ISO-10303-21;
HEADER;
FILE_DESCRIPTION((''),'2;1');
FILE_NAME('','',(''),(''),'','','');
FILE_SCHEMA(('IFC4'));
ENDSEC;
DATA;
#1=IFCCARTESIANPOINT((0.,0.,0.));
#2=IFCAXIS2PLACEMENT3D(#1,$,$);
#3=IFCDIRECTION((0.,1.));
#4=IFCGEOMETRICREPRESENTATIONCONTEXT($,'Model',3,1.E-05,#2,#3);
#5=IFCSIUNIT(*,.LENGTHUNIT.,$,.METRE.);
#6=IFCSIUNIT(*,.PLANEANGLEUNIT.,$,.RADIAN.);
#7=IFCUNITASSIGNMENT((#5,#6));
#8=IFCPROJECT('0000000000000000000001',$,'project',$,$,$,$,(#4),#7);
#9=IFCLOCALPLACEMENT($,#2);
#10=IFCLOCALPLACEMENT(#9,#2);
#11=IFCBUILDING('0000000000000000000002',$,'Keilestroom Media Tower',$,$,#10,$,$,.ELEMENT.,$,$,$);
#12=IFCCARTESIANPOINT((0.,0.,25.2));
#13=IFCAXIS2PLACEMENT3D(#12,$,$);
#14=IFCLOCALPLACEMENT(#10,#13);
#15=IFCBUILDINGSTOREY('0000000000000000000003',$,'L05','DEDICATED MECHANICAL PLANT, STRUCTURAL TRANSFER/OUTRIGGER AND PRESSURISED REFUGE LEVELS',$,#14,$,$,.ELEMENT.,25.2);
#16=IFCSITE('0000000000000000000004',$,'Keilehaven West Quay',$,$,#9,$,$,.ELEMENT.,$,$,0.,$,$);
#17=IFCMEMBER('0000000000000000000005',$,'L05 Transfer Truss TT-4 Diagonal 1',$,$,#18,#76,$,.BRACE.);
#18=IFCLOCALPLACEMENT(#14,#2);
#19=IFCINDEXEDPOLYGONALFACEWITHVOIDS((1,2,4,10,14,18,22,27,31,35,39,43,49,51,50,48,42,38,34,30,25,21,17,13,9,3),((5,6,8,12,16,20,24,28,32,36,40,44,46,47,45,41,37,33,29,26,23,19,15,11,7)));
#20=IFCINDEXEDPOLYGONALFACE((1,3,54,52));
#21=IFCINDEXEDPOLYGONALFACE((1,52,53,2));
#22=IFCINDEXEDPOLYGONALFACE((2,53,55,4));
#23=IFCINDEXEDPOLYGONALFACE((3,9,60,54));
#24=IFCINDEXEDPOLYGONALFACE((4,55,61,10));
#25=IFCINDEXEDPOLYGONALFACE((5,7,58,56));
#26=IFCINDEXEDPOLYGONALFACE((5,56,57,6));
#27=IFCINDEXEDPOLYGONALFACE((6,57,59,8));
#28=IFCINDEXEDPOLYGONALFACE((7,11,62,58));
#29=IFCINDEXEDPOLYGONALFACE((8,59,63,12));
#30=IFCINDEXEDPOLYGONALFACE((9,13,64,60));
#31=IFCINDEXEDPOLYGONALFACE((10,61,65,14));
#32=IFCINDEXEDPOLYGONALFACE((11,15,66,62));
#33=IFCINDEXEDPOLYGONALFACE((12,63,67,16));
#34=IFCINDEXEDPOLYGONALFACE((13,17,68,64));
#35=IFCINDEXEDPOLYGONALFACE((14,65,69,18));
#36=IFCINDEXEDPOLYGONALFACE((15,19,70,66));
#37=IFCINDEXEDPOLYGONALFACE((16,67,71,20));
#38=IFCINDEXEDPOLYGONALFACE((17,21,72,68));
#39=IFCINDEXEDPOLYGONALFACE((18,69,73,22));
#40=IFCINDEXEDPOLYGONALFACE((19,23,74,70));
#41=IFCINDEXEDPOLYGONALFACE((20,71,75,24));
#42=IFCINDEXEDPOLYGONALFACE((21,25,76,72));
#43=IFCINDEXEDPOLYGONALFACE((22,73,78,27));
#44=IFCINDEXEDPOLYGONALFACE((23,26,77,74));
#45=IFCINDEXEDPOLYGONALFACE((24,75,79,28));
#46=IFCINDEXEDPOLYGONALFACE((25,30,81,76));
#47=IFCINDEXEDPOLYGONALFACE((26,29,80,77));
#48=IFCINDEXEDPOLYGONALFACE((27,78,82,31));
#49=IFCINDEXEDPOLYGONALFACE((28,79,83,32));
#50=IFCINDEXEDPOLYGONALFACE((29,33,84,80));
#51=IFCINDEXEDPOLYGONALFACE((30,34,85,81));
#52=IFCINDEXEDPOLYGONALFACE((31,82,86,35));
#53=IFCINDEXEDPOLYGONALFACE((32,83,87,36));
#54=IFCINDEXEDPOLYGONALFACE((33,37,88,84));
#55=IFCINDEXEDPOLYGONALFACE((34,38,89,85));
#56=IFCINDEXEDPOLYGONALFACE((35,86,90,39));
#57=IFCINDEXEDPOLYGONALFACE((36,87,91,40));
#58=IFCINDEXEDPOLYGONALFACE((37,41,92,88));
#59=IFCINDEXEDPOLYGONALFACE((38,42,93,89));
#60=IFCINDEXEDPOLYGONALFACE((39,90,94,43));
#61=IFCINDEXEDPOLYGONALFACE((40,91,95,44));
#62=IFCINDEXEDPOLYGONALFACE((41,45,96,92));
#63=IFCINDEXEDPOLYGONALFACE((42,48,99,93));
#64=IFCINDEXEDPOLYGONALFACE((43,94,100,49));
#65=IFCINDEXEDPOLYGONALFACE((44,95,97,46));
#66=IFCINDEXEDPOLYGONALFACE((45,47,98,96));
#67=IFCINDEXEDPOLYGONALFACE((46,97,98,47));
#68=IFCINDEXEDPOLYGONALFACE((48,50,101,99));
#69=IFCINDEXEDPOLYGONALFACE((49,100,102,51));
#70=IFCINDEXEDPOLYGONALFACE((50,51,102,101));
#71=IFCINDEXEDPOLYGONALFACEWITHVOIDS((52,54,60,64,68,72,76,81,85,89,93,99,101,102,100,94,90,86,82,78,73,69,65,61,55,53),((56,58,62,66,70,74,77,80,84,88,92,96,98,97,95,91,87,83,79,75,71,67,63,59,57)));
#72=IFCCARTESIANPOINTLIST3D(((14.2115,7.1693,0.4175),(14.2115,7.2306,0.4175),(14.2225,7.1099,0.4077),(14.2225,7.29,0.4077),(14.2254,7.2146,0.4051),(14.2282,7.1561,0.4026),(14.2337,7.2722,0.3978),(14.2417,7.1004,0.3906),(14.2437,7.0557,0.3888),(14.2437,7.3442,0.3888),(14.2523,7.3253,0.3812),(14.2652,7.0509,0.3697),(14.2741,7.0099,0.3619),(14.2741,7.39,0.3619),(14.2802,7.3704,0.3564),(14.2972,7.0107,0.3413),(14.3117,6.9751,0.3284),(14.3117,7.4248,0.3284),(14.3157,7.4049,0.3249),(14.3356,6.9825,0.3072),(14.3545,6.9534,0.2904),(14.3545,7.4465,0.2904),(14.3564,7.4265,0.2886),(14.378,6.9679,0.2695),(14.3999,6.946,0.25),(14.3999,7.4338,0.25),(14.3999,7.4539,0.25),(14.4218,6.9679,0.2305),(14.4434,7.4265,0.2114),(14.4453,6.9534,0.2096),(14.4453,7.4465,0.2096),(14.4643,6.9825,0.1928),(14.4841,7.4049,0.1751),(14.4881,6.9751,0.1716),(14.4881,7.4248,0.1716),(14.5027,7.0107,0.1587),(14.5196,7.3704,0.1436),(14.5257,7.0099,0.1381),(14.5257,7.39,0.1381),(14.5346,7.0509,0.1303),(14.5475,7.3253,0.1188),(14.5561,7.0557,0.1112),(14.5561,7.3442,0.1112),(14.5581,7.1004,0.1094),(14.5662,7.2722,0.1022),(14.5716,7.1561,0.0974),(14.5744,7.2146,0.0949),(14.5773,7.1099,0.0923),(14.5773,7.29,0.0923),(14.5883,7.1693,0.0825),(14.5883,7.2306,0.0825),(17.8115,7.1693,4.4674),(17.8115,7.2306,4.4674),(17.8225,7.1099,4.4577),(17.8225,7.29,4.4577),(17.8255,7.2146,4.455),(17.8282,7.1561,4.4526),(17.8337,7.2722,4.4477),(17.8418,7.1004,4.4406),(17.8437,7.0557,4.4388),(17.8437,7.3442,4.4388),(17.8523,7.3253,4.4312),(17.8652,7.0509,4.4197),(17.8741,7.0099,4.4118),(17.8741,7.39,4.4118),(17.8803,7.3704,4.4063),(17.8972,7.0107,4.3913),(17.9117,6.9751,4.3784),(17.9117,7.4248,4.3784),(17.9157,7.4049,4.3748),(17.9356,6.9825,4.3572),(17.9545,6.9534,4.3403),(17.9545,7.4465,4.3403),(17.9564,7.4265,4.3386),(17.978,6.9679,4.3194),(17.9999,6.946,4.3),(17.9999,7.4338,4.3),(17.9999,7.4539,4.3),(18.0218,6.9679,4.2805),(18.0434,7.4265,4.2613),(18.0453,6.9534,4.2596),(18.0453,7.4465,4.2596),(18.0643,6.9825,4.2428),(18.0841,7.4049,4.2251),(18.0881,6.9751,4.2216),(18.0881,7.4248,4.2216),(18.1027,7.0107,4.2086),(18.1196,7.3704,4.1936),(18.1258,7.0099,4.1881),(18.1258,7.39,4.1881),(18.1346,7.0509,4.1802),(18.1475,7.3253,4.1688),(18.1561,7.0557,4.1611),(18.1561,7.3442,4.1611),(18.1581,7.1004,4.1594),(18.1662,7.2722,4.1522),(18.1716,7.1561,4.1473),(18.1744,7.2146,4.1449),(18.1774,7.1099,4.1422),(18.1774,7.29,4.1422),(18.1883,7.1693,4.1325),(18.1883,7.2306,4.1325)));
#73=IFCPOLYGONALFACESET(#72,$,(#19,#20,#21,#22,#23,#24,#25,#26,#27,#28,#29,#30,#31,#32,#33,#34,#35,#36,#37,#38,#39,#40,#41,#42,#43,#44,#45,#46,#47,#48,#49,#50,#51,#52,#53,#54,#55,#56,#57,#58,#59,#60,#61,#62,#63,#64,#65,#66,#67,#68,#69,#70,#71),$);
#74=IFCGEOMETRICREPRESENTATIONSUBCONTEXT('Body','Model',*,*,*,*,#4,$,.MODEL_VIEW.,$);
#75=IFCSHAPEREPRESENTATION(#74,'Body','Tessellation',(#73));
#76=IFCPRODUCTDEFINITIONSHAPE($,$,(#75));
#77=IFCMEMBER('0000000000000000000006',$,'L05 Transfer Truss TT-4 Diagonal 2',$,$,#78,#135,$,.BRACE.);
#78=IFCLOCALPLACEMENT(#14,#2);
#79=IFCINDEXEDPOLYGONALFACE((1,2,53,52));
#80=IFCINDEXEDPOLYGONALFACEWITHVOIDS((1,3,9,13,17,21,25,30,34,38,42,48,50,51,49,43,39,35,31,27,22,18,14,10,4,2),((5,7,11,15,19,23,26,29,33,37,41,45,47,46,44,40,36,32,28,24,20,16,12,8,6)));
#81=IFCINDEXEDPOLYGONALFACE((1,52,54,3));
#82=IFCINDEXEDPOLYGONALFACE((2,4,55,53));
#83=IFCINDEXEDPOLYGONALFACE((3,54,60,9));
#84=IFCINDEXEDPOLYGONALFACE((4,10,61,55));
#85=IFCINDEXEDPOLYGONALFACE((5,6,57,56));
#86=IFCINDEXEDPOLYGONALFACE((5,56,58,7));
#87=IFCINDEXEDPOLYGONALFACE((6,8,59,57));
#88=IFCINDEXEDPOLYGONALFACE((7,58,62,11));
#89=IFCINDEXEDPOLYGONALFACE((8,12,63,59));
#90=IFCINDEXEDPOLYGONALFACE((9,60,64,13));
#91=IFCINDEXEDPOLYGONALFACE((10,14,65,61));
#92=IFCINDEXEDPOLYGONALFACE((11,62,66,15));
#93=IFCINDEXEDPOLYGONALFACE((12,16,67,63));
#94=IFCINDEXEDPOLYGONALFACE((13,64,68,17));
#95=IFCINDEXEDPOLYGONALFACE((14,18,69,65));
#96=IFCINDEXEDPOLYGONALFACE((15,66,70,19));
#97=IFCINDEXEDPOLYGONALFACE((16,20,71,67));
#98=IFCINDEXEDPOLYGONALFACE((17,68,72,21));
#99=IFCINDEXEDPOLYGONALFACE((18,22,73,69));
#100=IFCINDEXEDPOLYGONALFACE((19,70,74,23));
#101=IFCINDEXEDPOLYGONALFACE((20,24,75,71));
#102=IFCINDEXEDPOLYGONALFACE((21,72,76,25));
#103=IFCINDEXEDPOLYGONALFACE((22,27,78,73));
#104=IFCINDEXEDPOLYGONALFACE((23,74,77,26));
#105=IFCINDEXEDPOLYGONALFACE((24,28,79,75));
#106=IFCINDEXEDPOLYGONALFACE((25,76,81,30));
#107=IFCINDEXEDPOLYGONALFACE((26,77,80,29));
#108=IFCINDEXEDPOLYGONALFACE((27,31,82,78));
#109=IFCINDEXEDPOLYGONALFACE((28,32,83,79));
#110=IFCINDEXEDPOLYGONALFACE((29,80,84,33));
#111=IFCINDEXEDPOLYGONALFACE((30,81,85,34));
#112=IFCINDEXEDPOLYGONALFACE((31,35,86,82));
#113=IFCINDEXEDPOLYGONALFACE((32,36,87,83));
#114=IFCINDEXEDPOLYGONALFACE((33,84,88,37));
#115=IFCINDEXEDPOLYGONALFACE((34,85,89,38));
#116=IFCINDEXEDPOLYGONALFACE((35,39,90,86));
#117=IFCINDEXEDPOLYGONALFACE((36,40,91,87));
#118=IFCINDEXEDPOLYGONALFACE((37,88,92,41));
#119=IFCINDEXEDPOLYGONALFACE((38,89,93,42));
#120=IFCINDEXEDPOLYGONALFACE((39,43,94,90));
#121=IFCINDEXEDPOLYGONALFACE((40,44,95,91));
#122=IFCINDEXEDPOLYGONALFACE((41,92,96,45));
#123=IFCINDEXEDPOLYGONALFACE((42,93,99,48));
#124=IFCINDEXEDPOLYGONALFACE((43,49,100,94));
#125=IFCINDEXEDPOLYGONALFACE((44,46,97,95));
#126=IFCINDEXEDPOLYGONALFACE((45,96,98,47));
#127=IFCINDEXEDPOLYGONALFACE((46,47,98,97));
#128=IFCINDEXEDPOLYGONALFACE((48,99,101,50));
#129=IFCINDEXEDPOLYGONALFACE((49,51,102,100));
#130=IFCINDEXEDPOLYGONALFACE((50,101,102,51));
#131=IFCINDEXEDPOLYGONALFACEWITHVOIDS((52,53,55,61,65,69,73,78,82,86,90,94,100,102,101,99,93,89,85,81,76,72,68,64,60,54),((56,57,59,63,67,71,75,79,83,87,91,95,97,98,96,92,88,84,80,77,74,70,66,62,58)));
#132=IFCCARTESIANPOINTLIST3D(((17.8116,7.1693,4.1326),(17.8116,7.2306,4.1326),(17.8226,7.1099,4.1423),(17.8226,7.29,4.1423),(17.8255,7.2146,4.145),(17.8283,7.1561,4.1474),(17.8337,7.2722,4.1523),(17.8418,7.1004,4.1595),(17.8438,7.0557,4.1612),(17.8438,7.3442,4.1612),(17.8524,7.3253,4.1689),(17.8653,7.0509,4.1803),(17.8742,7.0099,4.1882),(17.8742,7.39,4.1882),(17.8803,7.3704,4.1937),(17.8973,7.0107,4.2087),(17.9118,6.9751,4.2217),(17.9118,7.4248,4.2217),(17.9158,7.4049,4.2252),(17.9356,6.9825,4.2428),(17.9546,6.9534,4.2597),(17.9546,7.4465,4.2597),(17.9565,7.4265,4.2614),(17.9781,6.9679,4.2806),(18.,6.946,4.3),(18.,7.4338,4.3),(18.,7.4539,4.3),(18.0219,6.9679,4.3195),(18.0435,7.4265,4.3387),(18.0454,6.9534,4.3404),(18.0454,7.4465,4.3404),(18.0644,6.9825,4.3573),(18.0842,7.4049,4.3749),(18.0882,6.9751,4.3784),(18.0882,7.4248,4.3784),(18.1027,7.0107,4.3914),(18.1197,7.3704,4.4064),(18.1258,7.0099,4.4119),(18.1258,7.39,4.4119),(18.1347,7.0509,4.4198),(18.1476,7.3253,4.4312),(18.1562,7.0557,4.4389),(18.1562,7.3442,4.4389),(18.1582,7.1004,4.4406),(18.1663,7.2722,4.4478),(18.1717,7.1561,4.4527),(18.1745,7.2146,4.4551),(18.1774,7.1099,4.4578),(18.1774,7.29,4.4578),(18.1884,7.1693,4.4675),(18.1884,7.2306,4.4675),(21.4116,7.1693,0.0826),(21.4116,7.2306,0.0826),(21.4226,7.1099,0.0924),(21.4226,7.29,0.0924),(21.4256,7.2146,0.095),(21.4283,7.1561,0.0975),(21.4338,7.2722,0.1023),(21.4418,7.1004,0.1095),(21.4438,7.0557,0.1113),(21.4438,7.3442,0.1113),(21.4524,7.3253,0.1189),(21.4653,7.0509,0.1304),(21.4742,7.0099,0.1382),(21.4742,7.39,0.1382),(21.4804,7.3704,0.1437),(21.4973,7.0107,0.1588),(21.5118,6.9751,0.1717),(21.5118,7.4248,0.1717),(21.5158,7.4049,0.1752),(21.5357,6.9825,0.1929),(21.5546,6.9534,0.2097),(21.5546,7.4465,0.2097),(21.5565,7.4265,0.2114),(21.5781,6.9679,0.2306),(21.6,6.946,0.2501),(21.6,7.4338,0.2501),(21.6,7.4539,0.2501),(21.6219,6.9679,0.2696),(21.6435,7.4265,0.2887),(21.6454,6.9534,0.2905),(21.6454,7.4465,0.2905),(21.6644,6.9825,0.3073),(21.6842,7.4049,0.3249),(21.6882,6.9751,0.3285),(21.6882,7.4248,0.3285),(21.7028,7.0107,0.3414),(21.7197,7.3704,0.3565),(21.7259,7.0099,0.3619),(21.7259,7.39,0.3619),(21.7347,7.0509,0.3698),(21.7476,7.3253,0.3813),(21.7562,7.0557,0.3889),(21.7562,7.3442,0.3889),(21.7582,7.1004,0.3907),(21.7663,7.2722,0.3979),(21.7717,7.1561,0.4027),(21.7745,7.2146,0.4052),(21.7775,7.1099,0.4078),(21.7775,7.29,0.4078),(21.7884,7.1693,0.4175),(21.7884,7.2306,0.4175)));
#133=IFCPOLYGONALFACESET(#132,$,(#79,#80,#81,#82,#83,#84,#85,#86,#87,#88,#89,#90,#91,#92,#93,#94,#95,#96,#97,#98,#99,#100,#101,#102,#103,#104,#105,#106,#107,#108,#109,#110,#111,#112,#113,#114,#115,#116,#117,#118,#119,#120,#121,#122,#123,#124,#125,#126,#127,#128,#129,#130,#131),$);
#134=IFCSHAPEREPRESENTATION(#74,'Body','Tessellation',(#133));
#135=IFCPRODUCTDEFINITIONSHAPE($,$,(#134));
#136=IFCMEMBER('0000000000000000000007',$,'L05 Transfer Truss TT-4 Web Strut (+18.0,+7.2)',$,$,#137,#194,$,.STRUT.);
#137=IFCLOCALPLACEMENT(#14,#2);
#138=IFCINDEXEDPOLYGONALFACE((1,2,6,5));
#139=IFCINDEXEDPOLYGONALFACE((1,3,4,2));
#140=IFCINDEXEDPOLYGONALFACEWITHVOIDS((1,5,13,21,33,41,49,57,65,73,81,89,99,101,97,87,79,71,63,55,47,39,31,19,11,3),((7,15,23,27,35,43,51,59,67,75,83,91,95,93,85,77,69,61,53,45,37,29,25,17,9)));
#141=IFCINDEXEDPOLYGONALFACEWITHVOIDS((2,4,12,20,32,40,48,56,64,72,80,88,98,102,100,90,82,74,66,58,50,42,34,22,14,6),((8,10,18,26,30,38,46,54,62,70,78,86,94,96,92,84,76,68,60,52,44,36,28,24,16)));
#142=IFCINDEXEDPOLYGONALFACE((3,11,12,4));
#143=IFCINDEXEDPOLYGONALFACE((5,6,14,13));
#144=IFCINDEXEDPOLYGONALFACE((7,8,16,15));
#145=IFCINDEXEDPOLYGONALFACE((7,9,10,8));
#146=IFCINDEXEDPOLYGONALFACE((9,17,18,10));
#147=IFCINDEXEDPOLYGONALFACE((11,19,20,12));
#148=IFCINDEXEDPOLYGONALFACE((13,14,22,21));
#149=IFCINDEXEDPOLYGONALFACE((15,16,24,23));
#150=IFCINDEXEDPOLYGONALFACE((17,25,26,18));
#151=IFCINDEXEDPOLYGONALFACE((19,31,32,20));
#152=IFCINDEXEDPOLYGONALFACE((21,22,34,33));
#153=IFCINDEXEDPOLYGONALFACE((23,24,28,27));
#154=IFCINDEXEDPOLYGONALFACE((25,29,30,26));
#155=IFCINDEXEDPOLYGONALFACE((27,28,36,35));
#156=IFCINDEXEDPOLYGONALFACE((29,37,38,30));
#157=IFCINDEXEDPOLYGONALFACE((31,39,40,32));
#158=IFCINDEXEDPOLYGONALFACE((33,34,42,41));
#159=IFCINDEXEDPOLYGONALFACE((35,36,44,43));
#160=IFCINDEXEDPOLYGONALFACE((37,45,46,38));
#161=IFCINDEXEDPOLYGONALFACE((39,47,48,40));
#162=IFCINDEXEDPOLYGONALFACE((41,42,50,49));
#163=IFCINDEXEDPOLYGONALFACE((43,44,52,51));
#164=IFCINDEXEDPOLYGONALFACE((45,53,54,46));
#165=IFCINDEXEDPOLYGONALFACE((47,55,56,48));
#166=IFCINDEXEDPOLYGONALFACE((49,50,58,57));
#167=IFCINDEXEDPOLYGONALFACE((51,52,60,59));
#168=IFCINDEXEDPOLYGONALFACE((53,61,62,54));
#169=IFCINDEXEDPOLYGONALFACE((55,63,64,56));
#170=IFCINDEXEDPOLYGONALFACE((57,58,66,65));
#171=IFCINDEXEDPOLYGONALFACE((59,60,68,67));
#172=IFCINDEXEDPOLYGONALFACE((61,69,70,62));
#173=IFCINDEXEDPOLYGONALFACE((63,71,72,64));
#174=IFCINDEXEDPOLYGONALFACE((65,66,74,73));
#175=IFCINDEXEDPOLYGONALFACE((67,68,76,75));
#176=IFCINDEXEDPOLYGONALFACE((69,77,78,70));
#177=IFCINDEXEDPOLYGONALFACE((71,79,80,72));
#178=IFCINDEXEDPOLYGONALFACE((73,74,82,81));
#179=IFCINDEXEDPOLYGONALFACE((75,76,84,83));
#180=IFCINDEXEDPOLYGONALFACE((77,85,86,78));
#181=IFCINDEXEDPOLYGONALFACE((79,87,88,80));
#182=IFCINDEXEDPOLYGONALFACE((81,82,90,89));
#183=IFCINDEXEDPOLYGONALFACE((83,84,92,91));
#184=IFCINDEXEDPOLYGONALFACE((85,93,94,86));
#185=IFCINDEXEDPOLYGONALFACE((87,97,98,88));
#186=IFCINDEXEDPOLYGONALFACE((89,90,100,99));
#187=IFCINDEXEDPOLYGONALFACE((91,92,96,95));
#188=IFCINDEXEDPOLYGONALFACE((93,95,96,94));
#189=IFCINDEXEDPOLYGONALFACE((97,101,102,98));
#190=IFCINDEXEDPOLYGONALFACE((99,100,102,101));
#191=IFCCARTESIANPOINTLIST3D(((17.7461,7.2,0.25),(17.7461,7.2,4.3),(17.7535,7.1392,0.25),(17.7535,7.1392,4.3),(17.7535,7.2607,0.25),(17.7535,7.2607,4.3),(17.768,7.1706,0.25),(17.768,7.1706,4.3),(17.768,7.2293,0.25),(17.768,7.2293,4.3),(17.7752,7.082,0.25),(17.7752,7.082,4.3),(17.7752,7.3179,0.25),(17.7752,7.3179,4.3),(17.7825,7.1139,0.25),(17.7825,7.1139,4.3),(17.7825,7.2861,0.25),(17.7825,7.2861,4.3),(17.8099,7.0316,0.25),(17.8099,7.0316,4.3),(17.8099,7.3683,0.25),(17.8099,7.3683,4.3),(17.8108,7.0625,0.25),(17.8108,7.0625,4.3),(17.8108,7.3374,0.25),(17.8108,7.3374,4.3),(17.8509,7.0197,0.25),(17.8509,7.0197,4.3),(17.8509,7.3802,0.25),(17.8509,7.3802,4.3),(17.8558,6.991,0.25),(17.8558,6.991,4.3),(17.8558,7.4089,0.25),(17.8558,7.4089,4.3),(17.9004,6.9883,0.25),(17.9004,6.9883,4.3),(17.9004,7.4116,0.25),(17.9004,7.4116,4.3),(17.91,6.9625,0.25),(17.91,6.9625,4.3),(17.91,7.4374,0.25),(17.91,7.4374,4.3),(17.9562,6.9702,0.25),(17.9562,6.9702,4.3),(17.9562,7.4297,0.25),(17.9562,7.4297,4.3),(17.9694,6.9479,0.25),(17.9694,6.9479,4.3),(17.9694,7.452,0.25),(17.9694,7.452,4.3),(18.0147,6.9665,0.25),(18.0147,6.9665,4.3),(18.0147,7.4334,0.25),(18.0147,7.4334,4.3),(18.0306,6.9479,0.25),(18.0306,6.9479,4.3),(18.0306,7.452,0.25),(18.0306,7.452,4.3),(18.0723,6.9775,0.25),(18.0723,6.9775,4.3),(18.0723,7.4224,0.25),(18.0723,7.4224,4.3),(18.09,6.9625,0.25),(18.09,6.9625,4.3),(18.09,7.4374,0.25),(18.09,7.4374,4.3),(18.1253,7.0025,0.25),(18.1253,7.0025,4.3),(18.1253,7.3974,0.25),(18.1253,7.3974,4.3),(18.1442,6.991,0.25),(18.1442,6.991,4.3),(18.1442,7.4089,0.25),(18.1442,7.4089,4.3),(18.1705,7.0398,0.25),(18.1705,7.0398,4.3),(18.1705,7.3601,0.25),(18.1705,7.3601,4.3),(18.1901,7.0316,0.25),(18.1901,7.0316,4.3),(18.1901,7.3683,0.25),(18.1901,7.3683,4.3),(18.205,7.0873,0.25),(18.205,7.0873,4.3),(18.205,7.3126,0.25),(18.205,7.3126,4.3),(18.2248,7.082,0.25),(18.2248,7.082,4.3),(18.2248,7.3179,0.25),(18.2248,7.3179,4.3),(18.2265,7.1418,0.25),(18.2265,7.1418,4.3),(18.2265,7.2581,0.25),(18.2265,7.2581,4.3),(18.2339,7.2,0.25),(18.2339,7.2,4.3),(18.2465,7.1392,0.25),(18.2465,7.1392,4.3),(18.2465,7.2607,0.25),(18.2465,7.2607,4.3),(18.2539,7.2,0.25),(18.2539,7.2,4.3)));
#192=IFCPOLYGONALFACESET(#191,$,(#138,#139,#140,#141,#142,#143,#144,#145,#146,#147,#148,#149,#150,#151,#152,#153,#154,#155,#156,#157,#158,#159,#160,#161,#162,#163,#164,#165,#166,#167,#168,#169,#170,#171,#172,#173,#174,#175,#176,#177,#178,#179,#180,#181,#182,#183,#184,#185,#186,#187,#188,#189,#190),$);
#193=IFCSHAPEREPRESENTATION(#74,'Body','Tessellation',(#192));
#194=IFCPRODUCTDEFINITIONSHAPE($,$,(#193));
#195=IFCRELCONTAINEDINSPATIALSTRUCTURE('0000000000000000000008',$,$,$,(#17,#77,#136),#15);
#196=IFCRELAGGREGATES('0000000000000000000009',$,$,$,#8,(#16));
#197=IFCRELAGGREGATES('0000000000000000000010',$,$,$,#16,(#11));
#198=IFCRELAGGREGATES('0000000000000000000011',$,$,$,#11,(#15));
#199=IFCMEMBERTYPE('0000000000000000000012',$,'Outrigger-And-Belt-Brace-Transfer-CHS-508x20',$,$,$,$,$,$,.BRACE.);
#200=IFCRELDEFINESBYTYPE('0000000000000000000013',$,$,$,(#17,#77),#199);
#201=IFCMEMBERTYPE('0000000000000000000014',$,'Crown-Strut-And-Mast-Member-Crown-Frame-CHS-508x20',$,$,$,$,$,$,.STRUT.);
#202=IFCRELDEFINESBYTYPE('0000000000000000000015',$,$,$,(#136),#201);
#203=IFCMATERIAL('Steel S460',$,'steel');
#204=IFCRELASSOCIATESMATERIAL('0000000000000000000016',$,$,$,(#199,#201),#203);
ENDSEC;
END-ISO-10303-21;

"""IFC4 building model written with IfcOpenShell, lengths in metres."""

from ifc_helpers import new_model, si_unit, direction, frame, origin, origin_2d, place, context, subcontext, project, spatial, hollow_circle, extrude, source, transform, mapped, material, material_profile, profile_set, type_object, element, save


model = new_model("IFC4")

# Units and contexts
model_context = context("Model", 3, precision=1e-05, world=origin(), true_north=direction((0.0, 1.0)))
body_context = subcontext(model_context, "Body", "Model", "MODEL_VIEW")
ifc_project = project(units=[si_unit("LENGTHUNIT", "METRE"), si_unit("PLANEANGLEUNIT", "RADIAN")], contexts=[model_context])

# Site, building, storey
site_placement = place(None, origin())
site = spatial("IfcSite", under=ifc_project, at=site_placement, Name="Keilehaven West Quay", CompositionType="ELEMENT", RefElevation=0.0)
building_placement = place(site_placement, origin())
building = spatial("IfcBuilding", under=site, at=building_placement, Name="Keilestroom Media Tower", CompositionType="ELEMENT")
storey_placement = place(building_placement, frame((0.0, 0.0, 25.2)))
storey = spatial("IfcBuildingStorey", under=building, at=storey_placement, Name="L05", Description="DEDICATED MECHANICAL PLANT, STRUCTURAL TRANSFER/OUTRIGGER AND PRESSURISED REFUGE LEVELS", CompositionType="ELEMENT", Elevation=25.2)

# Shared definitions
ifc_material_1 = material(Name="Steel S460", Category="steel")

# Members
ifc_material_profile_1 = material_profile(ifc_material_1, hollow_circle(Radius=0.2539, WallThickness=0.02, at=origin_2d()), Name="CHS 508x20")
ifc_profile_set_1 = profile_set([ifc_material_profile_1], Name="Steel S460")
member_type_1 = type_object("IfcMemberType", Name="Outrigger-And-Belt-Brace-Transfer-CHS-508x20", PredefinedType="BRACE", material=ifc_profile_set_1)
shared_shape_1 = source(origin(), body_context, "Body", "SweptSolid", [
    extrude(hollow_circle(Radius=0.2539, WallThickness=0.02, at=origin_2d()), origin(), (0.0, 0.0, 1.0), 5.4187),
])
for number, where, z_axis, x_axis, name in (
    (1, (14.3999, 7.2, 0.25), (0.664369, 0.0, 0.747404), (0.0, 1.0, 0.0), "L05 Transfer Truss TT-4 Diagonal 1"),
    (2, (18.0, 7.2, 4.3), (0.664369, 0.0, -0.747404), (0.0, 1.0, 0.0), "L05 Transfer Truss TT-4 Diagonal 2"),
):
    element("IfcMember", number, at=place(storey_placement, frame(where, z_axis=z_axis, x_axis=x_axis)), inside=storey, type_object=member_type_1, Name=name, PredefinedType="BRACE", context=body_context, shape_type="MappedRepresentation", body=[
        mapped(shared_shape_1, transform((0.0, 0.0, 0.0), x_axis=(1.0, 0.0, 0.0), y_axis=(0.0, 1.0, 0.0), z_axis=(0.0, 0.0, 1.0), scale=1.0)),
    ])
ifc_material_profile_2 = material_profile(ifc_material_1, hollow_circle(Radius=0.2539, WallThickness=0.02, at=origin_2d()), Name="CHS 508x20")
ifc_profile_set_2 = profile_set([ifc_material_profile_2], Name="Steel S460")
member_type_2 = type_object("IfcMemberType", Name="Crown-Strut-And-Mast-Member-Crown-Frame-CHS-508x20", PredefinedType="STRUT", material=ifc_profile_set_2)
shared_shape_2 = source(origin(), body_context, "Body", "SweptSolid", [
    extrude(hollow_circle(Radius=0.2539, WallThickness=0.02, at=origin_2d()), origin(), (0.0, 0.0, 1.0), 4.05),
])
member_1_placement = place(storey_placement, frame((18.0, 7.2, 0.25), z_axis=(0.0, 0.0, 1.0), x_axis=(1.0, 0.0, 0.0)))
element("IfcMember", 3, at=member_1_placement, inside=storey, type_object=member_type_2, Name="L05 Transfer Truss TT-4 Web Strut (+18.0,+7.2)", PredefinedType="STRUT", context=body_context, shape_type="MappedRepresentation", body=[
    mapped(shared_shape_2, transform((0.0, 0.0, 0.0), x_axis=(1.0, 0.0, 0.0), y_axis=(0.0, 1.0, 0.0), z_axis=(0.0, 0.0, 1.0), scale=1.0)),
])

save(model, "model.ifc")
